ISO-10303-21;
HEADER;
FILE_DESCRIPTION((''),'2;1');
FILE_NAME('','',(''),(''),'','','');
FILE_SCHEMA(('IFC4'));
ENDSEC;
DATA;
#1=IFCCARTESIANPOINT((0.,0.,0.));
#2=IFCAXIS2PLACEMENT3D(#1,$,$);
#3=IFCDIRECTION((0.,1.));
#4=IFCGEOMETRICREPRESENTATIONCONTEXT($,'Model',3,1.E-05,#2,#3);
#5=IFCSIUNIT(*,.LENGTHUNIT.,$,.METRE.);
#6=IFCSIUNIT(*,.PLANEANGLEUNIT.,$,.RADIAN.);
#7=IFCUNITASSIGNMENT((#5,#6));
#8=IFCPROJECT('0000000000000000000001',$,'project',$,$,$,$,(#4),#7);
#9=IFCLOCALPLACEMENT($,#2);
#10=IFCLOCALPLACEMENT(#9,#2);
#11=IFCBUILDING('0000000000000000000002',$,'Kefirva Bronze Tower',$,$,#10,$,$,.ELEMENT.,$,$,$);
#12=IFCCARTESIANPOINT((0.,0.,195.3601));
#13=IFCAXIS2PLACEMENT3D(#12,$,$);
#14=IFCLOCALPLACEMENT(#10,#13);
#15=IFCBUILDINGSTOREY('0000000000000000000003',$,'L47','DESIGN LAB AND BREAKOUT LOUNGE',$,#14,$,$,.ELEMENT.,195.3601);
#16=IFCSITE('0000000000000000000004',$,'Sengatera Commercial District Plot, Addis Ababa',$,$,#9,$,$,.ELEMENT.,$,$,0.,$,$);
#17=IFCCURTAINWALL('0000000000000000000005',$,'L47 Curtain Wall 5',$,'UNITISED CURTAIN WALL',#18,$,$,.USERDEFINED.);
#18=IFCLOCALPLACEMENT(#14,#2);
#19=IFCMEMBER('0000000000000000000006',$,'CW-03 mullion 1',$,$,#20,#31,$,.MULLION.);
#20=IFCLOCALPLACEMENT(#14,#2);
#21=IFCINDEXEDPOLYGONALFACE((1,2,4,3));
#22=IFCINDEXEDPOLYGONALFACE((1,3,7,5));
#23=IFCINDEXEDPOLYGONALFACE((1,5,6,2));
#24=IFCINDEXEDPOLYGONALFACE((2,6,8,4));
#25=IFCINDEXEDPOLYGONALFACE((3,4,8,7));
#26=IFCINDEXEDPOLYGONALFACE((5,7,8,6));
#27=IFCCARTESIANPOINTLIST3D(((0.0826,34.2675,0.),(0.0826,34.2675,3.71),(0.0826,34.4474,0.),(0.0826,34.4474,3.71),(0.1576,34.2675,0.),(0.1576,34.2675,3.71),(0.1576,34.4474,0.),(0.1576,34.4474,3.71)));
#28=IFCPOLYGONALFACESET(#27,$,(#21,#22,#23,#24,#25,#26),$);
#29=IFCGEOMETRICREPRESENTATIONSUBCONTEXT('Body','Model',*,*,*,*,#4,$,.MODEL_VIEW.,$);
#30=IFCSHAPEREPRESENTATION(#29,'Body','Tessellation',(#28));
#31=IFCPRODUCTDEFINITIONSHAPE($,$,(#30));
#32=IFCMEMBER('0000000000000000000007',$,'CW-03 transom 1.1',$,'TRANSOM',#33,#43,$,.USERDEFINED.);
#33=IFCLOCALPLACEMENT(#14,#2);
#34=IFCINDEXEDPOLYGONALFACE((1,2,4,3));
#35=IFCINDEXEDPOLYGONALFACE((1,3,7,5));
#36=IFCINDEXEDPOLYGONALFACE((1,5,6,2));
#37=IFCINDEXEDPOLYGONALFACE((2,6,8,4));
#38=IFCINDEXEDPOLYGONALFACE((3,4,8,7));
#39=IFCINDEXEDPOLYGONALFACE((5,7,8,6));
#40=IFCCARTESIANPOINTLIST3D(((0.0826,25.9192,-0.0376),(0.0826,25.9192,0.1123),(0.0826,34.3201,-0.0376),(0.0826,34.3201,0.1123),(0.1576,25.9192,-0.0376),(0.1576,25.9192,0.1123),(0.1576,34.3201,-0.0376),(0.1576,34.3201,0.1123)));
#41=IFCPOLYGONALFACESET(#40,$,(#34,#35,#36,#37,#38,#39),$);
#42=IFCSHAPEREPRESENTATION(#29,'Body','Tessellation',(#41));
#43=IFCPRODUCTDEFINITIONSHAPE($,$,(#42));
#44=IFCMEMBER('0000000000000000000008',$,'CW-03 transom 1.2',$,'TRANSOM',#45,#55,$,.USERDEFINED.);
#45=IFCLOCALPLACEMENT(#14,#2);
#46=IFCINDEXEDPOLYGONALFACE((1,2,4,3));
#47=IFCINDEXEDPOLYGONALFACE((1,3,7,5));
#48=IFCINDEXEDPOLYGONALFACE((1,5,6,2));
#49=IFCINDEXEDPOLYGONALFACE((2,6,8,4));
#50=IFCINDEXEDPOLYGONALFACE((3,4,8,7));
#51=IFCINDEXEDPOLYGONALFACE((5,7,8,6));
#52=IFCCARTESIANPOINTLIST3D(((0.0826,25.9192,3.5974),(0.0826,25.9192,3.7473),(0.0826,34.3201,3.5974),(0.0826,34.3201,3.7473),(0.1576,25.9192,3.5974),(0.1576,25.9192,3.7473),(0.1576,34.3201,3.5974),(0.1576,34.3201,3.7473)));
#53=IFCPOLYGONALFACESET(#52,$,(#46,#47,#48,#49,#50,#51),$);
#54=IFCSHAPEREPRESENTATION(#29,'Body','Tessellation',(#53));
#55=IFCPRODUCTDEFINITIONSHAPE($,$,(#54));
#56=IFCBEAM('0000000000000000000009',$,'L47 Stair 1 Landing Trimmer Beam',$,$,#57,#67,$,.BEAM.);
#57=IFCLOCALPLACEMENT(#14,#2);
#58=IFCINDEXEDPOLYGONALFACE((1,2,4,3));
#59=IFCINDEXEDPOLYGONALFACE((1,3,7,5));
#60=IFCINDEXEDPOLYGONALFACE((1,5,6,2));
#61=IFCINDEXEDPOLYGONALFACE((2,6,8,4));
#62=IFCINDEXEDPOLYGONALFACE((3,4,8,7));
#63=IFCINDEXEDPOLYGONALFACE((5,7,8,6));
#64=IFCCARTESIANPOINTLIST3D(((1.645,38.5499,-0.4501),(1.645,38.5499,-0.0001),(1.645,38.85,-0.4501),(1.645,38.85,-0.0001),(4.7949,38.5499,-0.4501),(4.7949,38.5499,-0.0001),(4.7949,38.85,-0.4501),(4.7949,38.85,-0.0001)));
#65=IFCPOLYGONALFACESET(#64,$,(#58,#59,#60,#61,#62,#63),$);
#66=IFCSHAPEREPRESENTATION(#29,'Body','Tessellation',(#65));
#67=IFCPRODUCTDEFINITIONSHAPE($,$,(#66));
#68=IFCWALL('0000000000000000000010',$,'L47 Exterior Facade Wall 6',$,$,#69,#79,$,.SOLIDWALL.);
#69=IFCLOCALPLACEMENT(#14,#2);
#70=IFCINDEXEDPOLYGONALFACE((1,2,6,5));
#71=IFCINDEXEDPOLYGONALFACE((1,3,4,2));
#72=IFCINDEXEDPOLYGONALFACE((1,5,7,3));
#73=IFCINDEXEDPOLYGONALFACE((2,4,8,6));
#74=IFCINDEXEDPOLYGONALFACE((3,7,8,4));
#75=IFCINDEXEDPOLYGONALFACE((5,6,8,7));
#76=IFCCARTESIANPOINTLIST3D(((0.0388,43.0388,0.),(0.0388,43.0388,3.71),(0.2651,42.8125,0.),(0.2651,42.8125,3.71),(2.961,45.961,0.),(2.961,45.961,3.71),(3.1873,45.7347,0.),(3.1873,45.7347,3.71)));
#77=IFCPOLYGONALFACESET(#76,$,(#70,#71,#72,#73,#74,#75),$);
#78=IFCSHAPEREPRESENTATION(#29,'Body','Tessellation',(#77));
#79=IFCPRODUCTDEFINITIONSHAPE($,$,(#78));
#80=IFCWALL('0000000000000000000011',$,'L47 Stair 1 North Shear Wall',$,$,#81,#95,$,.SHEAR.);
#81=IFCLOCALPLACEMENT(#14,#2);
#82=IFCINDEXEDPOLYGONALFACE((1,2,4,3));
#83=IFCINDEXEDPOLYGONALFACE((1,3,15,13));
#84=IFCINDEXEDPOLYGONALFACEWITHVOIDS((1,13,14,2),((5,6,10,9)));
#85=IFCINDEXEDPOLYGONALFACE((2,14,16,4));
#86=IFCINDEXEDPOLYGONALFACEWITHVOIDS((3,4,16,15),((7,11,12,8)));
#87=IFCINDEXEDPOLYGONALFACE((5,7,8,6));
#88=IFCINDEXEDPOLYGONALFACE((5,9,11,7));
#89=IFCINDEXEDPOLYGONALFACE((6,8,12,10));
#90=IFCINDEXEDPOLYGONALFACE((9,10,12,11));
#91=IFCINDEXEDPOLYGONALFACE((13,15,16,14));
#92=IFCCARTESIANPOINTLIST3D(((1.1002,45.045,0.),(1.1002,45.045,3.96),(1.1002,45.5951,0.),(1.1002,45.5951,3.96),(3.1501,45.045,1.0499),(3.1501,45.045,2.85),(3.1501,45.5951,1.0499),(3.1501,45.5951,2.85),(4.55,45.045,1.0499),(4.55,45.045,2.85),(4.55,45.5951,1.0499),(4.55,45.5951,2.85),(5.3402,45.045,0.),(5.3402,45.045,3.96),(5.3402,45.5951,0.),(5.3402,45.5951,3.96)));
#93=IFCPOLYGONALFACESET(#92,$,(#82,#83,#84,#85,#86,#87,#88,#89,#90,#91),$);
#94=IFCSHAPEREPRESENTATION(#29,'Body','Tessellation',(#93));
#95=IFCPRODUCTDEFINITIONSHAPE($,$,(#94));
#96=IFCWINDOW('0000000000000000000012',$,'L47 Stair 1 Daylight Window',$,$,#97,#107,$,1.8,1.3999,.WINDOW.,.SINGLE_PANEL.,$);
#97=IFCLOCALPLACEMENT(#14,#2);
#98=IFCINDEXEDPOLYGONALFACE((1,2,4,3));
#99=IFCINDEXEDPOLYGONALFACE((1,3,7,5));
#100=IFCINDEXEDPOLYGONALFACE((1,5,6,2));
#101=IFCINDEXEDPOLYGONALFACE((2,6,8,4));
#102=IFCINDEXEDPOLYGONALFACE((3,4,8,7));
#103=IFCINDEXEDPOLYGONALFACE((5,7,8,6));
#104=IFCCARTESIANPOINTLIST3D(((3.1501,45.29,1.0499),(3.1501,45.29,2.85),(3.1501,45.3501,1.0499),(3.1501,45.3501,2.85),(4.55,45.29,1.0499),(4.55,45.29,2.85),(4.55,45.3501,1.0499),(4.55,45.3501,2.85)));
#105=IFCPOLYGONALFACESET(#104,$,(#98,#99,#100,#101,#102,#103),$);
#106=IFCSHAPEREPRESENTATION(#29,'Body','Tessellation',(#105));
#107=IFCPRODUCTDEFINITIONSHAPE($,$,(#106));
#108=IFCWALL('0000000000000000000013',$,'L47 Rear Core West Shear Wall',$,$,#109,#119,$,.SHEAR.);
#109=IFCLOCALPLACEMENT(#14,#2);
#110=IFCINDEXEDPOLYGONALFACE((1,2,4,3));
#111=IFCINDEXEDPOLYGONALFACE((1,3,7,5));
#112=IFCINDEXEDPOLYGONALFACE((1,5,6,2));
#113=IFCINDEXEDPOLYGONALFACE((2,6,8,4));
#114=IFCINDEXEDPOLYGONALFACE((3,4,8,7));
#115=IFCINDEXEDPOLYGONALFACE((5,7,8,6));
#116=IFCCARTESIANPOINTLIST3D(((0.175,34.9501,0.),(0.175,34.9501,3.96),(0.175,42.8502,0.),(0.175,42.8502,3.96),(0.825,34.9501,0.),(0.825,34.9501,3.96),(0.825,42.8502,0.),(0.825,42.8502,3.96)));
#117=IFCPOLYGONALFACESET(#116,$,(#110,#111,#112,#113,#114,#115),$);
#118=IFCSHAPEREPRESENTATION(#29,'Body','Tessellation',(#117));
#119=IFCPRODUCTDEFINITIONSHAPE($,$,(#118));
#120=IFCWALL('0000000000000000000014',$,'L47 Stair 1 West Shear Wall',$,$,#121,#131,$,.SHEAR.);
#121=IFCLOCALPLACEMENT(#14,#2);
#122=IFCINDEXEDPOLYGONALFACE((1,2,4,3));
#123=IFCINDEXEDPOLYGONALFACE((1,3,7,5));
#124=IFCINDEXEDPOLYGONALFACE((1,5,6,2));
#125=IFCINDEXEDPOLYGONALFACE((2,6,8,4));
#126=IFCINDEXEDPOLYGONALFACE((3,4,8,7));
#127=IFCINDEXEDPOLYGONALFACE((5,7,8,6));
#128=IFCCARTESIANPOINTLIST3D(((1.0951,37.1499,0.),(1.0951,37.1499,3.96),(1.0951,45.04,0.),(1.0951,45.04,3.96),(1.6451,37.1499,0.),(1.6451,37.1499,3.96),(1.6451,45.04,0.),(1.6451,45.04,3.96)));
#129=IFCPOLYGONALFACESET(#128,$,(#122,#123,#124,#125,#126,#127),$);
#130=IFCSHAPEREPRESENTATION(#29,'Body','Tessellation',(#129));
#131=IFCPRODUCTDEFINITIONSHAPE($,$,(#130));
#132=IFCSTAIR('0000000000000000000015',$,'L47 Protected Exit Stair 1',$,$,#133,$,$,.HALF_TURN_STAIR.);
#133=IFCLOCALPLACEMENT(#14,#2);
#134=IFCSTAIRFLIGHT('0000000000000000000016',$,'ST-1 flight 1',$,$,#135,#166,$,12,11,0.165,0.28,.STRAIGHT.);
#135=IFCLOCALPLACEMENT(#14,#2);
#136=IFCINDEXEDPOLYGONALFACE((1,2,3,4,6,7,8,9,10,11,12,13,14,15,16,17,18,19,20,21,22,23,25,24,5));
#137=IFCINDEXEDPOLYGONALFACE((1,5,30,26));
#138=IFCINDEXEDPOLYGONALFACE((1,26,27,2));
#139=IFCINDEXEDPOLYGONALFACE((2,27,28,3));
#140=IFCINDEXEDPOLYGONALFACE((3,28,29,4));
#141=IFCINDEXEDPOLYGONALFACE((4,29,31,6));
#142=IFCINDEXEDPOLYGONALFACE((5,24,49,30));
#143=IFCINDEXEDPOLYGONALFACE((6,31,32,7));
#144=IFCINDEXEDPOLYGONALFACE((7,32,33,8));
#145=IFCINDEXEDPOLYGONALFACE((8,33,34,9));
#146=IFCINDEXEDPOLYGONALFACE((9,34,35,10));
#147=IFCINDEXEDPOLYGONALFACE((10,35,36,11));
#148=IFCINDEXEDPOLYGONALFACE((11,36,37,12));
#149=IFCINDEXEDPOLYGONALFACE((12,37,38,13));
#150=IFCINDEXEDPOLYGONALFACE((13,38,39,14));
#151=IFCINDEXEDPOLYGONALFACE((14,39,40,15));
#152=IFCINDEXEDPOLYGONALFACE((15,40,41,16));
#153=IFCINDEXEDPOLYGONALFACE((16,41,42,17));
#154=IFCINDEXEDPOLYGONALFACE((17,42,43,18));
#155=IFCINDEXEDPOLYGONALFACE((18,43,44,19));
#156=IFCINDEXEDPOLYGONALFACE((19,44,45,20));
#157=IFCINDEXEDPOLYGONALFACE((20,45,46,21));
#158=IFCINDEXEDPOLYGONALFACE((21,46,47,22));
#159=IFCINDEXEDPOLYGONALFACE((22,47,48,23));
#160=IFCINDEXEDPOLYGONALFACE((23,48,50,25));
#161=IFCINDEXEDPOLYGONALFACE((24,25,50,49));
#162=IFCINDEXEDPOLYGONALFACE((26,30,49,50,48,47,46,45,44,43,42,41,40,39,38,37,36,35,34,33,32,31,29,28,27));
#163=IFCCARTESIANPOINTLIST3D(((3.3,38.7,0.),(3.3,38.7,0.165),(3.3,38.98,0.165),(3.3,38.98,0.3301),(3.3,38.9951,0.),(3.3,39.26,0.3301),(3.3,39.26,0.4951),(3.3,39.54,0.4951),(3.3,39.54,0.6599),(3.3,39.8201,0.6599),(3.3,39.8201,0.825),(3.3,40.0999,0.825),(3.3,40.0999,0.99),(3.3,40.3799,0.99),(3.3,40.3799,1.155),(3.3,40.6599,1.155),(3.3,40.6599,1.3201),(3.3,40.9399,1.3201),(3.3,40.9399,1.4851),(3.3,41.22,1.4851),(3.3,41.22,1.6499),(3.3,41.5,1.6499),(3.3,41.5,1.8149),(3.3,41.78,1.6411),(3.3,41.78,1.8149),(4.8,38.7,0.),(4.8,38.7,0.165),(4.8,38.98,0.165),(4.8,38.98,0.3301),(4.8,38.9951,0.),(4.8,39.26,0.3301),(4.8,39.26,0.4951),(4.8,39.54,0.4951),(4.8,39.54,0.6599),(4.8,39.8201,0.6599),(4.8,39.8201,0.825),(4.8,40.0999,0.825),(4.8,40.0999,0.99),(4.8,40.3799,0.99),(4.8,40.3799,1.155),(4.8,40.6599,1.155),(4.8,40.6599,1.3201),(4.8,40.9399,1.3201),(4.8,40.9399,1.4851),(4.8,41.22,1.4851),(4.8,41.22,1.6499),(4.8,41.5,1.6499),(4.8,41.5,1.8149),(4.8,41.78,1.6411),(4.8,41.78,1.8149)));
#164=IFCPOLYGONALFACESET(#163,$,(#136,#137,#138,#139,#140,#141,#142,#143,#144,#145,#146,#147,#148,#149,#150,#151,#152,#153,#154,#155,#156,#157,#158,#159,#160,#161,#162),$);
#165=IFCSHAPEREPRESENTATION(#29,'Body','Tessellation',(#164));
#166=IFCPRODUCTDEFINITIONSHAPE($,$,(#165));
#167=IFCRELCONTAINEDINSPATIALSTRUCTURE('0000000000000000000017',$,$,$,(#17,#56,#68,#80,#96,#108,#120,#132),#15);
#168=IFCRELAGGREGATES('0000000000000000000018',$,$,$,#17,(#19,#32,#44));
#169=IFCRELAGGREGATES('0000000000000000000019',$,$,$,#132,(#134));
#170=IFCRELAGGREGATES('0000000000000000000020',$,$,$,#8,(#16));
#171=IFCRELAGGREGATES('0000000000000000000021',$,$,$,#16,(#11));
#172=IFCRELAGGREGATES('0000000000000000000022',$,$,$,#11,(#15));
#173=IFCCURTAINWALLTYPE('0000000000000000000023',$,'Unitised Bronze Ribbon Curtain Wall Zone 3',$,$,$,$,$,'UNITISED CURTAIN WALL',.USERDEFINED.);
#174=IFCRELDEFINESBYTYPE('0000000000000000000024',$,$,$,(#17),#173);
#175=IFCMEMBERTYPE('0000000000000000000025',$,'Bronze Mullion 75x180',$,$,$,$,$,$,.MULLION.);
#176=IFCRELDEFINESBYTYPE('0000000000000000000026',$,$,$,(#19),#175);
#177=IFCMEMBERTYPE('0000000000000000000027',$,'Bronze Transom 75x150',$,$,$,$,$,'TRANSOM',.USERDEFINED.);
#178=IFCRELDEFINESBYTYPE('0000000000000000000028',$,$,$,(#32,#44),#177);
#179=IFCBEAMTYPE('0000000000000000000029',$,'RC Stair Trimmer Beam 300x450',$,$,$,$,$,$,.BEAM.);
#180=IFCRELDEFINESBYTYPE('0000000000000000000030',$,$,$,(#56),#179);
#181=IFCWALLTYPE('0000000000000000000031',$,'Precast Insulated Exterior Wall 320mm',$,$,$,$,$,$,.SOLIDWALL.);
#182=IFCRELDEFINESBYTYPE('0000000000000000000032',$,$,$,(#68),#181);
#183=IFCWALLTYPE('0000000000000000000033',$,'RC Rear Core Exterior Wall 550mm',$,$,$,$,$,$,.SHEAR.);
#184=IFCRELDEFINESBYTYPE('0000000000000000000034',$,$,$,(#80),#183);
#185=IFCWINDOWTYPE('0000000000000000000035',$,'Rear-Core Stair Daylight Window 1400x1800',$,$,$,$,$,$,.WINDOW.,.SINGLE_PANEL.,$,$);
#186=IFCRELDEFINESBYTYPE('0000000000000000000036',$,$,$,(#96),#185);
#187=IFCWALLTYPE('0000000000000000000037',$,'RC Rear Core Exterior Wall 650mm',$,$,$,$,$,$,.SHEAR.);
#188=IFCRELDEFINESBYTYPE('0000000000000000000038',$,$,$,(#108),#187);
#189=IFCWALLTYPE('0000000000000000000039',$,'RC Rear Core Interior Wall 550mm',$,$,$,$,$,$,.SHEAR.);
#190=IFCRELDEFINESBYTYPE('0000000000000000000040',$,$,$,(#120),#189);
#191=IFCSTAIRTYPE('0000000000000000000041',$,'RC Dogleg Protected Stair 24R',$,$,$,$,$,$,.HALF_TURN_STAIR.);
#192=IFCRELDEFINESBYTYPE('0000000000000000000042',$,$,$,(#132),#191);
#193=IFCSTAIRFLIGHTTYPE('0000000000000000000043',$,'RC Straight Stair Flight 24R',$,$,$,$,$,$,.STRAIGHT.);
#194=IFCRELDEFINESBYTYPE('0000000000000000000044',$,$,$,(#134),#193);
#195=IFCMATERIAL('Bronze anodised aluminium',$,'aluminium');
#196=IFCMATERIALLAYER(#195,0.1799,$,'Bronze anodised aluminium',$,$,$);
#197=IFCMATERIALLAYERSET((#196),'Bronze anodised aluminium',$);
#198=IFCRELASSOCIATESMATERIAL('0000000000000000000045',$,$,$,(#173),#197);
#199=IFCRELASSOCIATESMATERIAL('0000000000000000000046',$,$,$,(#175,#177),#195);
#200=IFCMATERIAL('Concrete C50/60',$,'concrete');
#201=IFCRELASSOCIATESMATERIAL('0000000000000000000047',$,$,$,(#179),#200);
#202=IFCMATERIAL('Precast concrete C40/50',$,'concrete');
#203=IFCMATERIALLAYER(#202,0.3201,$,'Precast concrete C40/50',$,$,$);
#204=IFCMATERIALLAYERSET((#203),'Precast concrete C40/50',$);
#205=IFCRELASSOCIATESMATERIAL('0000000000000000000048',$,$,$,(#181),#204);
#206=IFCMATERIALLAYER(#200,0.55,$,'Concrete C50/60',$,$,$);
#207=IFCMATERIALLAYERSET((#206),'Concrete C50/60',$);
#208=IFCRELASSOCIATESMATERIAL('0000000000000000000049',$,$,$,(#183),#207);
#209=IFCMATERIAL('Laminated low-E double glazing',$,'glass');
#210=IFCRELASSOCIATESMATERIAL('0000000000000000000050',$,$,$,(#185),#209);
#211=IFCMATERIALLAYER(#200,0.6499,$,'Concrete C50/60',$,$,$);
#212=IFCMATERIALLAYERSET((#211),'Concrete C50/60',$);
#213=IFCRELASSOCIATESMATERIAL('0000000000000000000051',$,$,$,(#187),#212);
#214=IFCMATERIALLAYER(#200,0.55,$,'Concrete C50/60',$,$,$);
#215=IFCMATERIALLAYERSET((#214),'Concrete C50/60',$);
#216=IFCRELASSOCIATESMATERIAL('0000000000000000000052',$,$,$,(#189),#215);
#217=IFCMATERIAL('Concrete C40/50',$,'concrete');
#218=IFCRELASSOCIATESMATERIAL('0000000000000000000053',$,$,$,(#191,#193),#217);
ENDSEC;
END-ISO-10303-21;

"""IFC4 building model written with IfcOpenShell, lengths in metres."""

from ifc_helpers import new_model, si_unit, direction, frame, frame_2d, origin, origin_2d, place, context, subcontext, project, spatial, polyline, rectangle, outline, extrude, material, layer, layer_set, material_profile, profile_set, type_object, element, fill, aggregate, save


model = new_model("IFC4")

# Units and contexts
model_context = context("Model", 3, precision=1e-05, world=origin(), true_north=direction((0.0, 1.0)))
body_context = subcontext(model_context, "Body", "Model", "MODEL_VIEW")
ifc_project = project(units=[si_unit("LENGTHUNIT", "METRE"), si_unit("PLANEANGLEUNIT", "RADIAN")], contexts=[model_context])

# Site, building, storey
site_placement = place(None, origin())
site = spatial("IfcSite", under=ifc_project, at=site_placement, Name="Sengatera Commercial District Plot, Addis Ababa", CompositionType="ELEMENT", RefElevation=0.0)
building_placement = place(site_placement, origin())
building = spatial("IfcBuilding", under=site, at=building_placement, Name="Kefirva Bronze Tower", CompositionType="ELEMENT")
storey_placement = place(building_placement, frame((0.0, 0.0, 195.3601)))
storey = spatial("IfcBuildingStorey", under=building, at=storey_placement, Name="L47", Description="DESIGN LAB AND BREAKOUT LOUNGE", CompositionType="ELEMENT", Elevation=195.3601)

# Curtain wall, members
ifc_material_1 = material(Name="Bronze anodised aluminium", Category="aluminium")
ifc_layer_1 = layer(ifc_material_1, 0.1799, Name="Bronze anodised aluminium")
ifc_layer_set_1 = layer_set([ifc_layer_1], Name="Bronze anodised aluminium")
curtain_wall_type = type_object("IfcCurtainWallType", Name="Unitised Bronze Ribbon Curtain Wall Zone 3", ElementType="UNITISED CURTAIN WALL", PredefinedType="USERDEFINED", material=ifc_layer_set_1)
curtain_wall_placement = place(storey_placement, origin())
curtain_wall = element("IfcCurtainWall", 1, at=curtain_wall_placement, inside=storey, type_object=curtain_wall_type, Name="L47 Curtain Wall 5", ObjectType="UNITISED CURTAIN WALL", PredefinedType="USERDEFINED")
ifc_material_profile_1 = material_profile(ifc_material_1, rectangle(XDim=0.075, YDim=0.1799, at=origin_2d()), Name="ALU 75x180")
ifc_profile_set_1 = profile_set([ifc_material_profile_1], Name="Bronze anodised aluminium")
member_type_1 = type_object("IfcMemberType", Name="Bronze Mullion 75x180", PredefinedType="MULLION", material=ifc_profile_set_1)
member_1_placement = place(storey_placement, frame((0.1201, 34.3574, 0.0), z_axis=(0.0, 0.0, 1.0), x_axis=(1.0, 0.0, 0.0)))
member_1 = element("IfcMember", 2, at=member_1_placement, type_object=member_type_1, Name="CW-03 mullion 1", PredefinedType="MULLION", context=body_context, shape_type="SweptSolid", body=[
    extrude(rectangle(XDim=0.075, YDim=0.1799, at=origin_2d()), origin(), (0.0, 0.0, 1.0), 3.71),
])
ifc_material_profile_2 = material_profile(ifc_material_1, rectangle(XDim=0.075, YDim=0.1499, at=origin_2d()), Name="ALU 75x150")
ifc_profile_set_2 = profile_set([ifc_material_profile_2], Name="Bronze anodised aluminium")
member_type_2 = type_object("IfcMemberType", Name="Bronze Transom 75x150", ElementType="TRANSOM", PredefinedType="USERDEFINED", material=ifc_profile_set_2)
member_2_placement = place(storey_placement, frame((0.1201, 34.3201, 0.0374), z_axis=(0.0, -1.0, 0.0), x_axis=(1.0, 0.0, 0.0)))
member_2 = element("IfcMember", 3, at=member_2_placement, type_object=member_type_2, Name="CW-03 transom 1.1", ObjectType="TRANSOM", PredefinedType="USERDEFINED", context=body_context, shape_type="SweptSolid", body=[
    extrude(rectangle(XDim=0.075, YDim=0.1499, at=origin_2d()), origin(), (0.0, 0.0, 1.0), 8.4009),
])
member_3_placement = place(storey_placement, frame((0.1201, 34.3201, 3.6724), z_axis=(0.0, -1.0, 0.0), x_axis=(1.0, 0.0, 0.0)))
member_3 = element("IfcMember", 4, at=member_3_placement, type_object=member_type_2, Name="CW-03 transom 1.2", ObjectType="TRANSOM", PredefinedType="USERDEFINED", context=body_context, shape_type="SweptSolid", body=[
    extrude(rectangle(XDim=0.075, YDim=0.1499, at=origin_2d()), origin(), (0.0, 0.0, 1.0), 8.4009),
])
aggregate(curtain_wall, [member_1, member_2, member_3])

# Beam
ifc_material_2 = material(Name="Concrete C50/60", Category="concrete")
ifc_material_profile_3 = material_profile(ifc_material_2, rectangle(XDim=0.3, YDim=0.45, at=origin_2d()), Name="RC 300x450")
ifc_profile_set_3 = profile_set([ifc_material_profile_3], Name="Concrete C50/60")
beam_type = type_object("IfcBeamType", Name="RC Stair Trimmer Beam 300x450", PredefinedType="BEAM", material=ifc_profile_set_3)
beam_placement = place(storey_placement, frame((1.645, 38.7, -0.2251), z_axis=(1.0, 0.0, 0.0), x_axis=(0.0, 1.0, 0.0)))
element("IfcBeam", 5, at=beam_placement, inside=storey, type_object=beam_type, Name="L47 Stair 1 Landing Trimmer Beam", PredefinedType="BEAM", context=body_context, shape_type="SweptSolid", body=[
    extrude(rectangle(XDim=0.3, YDim=0.45, at=origin_2d()), origin(), (0.0, 0.0, 1.0), 3.1499),
])

# Wall
ifc_material_3 = material(Name="Precast concrete C40/50", Category="concrete")
ifc_layer_2 = layer(ifc_material_3, 0.3201, Name="Precast concrete C40/50")
ifc_layer_set_2 = layer_set([ifc_layer_2], Name="Precast concrete C40/50")
wall_type_1 = type_object("IfcWallType", Name="Precast Insulated Exterior Wall 320mm", PredefinedType="SOLIDWALL", material=ifc_layer_set_2)
wall_1_placement = place(storey_placement, frame((3.0742, 45.8479, 0.0), z_axis=(0.0, 0.0, 1.0), x_axis=(-0.707107, -0.707107, 0.0)))
element("IfcWall", 6, at=wall_1_placement, inside=storey, type_object=wall_type_1, Name="L47 Exterior Facade Wall 6", PredefinedType="SOLIDWALL", context=body_context, shape_type="SweptSolid", body=[
    extrude(rectangle(XDim=4.1326, YDim=0.3201, at=frame_2d((2.0664, 0.0))), origin(), (0.0, 0.0, 1.0), 3.71),
])

# Wall, opening, window
ifc_layer_3 = layer(ifc_material_2, 0.55, Name="Concrete C50/60")
ifc_layer_set_3 = layer_set([ifc_layer_3], Name="Concrete C50/60")
wall_type_2 = type_object("IfcWallType", Name="RC Rear Core Exterior Wall 550mm", PredefinedType="SHEAR", material=ifc_layer_set_3)
wall_2_placement = place(storey_placement, frame((1.1001, 45.3201, 0.0), z_axis=(0.0, 0.0, 1.0), x_axis=(1.0, 0.0, 0.0)))
wall_2 = element("IfcWall", 7, at=wall_2_placement, inside=storey, type_object=wall_type_2, Name="L47 Stair 1 North Shear Wall", PredefinedType="SHEAR", context=body_context, shape_type="SweptSolid", body=[
    extrude(rectangle(XDim=4.24, YDim=0.55, at=frame_2d((2.1201, 0.0))), origin(), (0.0, 0.0, 1.0), 3.96),
])
opening_1_placement = place(wall_2_placement, frame((2.05, 0.0, 1.05)))
opening_1 = element("IfcOpeningElement", 8, at=opening_1_placement, cuts=wall_2, PredefinedType="OPENING", context=body_context, shape_type="SweptSolid", body=[
    extrude(rectangle(XDim=1.3999, YDim=1.8, at=frame_2d((0.7, 0.8999))), frame((0.0, 0.2852, 0.0), z_axis=(0.0, -1.0, 0.0), x_axis=(1.0, 0.0, 0.0)), (0.0, 0.0, 1.0), 0.5701),
])
ifc_material_4 = material(Name="Laminated low-E double glazing", Category="glass")
window_type = type_object("IfcWindowType", Name="Rear-Core Stair Daylight Window 1400x1800", PartitioningType="SINGLE_PANEL", PredefinedType="WINDOW", material=ifc_material_4)
window_placement = place(opening_1_placement, origin())
window = element("IfcWindow", 9, at=window_placement, inside=storey, type_object=window_type, Name="L47 Stair 1 Daylight Window", OverallHeight=1.8, OverallWidth=1.3999, PartitioningType="SINGLE_PANEL", PredefinedType="WINDOW", context=body_context, shape_type="SweptSolid", body=[
    extrude(rectangle(XDim=1.3999, YDim=1.8, at=frame_2d((0.7, 0.8999))), frame((0.0, 0.03, 0.0), z_axis=(0.0, -1.0, 0.0), x_axis=(1.0, 0.0, 0.0)), (0.0, 0.0, 1.0), 0.0601),
])
fill(opening_1, window)

# Walls
ifc_layer_4 = layer(ifc_material_2, 0.6499, Name="Concrete C50/60")
ifc_layer_set_4 = layer_set([ifc_layer_4], Name="Concrete C50/60")
wall_type_3 = type_object("IfcWallType", Name="RC Rear Core Exterior Wall 650mm", PredefinedType="SHEAR", material=ifc_layer_set_4)
wall_3_placement = place(storey_placement, frame((0.5, 34.95, 0.0), z_axis=(0.0, 0.0, 1.0), x_axis=(0.0, 1.0, 0.0)))
element("IfcWall", 10, at=wall_3_placement, inside=storey, type_object=wall_type_3, Name="L47 Rear Core West Shear Wall", PredefinedType="SHEAR", context=body_context, shape_type="SweptSolid", body=[
    extrude(rectangle(XDim=7.9001, YDim=0.6499, at=frame_2d((3.9502, 0.0))), origin(), (0.0, 0.0, 1.0), 3.96),
])
ifc_layer_5 = layer(ifc_material_2, 0.55, Name="Concrete C50/60")
ifc_layer_set_5 = layer_set([ifc_layer_5], Name="Concrete C50/60")
wall_type_4 = type_object("IfcWallType", Name="RC Rear Core Interior Wall 550mm", PredefinedType="SHEAR", material=ifc_layer_set_5)
wall_4_placement = place(storey_placement, frame((1.3701, 37.1499, 0.0), z_axis=(0.0, 0.0, 1.0), x_axis=(0.0, 1.0, 0.0)))
element("IfcWall", 11, at=wall_4_placement, inside=storey, type_object=wall_type_4, Name="L47 Stair 1 West Shear Wall", PredefinedType="SHEAR", context=body_context, shape_type="SweptSolid", body=[
    extrude(rectangle(XDim=7.8901, YDim=0.55, at=frame_2d((3.9451, 0.0))), origin(), (0.0, 0.0, 1.0), 3.96),
])

# Stair, stair flight
ifc_material_5 = material(Name="Concrete C40/50", Category="concrete")
stair_type = type_object("IfcStairType", Name="RC Dogleg Protected Stair 24R", PredefinedType="HALF_TURN_STAIR", material=ifc_material_5)
stair_placement = place(storey_placement, origin())
stair = element("IfcStair", 12, at=stair_placement, inside=storey, type_object=stair_type, Name="L47 Protected Exit Stair 1", PredefinedType="HALF_TURN_STAIR")
stair_flight_type = type_object("IfcStairFlightType", Name="RC Straight Stair Flight 24R", PredefinedType="STRAIGHT", material=ifc_material_5)
stair_flight_1_placement = place(storey_placement, frame((4.05, 38.7, 0.0), z_axis=(0.0, 0.0, 1.0), x_axis=(0.0, 1.0, 0.0)))
stair_flight_1 = element("IfcStairFlight", 13, at=stair_flight_1_placement, type_object=stair_flight_type, Name="ST-1 flight 1", NumberOfRisers=12, NumberOfTreads=11, PredefinedType="STRAIGHT", RiserHeight=0.165, TreadLength=0.28, context=body_context, shape_type="SweptSolid", body=[
    extrude(outline(polyline([(0.0, 0.0), (0.0, 0.165), (0.28, 0.165), (0.28, 0.3301), (0.5601, 0.3301), (0.5601, 0.4951), (0.8401, 0.4951), (0.8401, 0.6599), (1.1201, 0.6599), (1.1201, 0.825), (1.3999, 0.825), (1.3999, 0.99), (1.6799, 0.99), (1.6799, 1.155), (1.96, 1.155), (1.96, 1.3201), (2.24, 1.3201), (2.24, 1.4851), (2.52, 1.4851), (2.52, 1.6499), (2.8, 1.6499), (2.8, 1.8149), (3.0801, 1.8149), (3.0801, 1.98), (3.0801, 1.6411), (0.2952, 0.0), (0.0, 0.0)])), frame((0.0, 0.75, 0.0), z_axis=(0.0, -1.0, 0.0), x_axis=(1.0, 0.0, 0.0)), (0.0, 0.0, 1.0), 1.5),
])
aggregate(stair, [stair_flight_1])

save(model, "model.ifc")
